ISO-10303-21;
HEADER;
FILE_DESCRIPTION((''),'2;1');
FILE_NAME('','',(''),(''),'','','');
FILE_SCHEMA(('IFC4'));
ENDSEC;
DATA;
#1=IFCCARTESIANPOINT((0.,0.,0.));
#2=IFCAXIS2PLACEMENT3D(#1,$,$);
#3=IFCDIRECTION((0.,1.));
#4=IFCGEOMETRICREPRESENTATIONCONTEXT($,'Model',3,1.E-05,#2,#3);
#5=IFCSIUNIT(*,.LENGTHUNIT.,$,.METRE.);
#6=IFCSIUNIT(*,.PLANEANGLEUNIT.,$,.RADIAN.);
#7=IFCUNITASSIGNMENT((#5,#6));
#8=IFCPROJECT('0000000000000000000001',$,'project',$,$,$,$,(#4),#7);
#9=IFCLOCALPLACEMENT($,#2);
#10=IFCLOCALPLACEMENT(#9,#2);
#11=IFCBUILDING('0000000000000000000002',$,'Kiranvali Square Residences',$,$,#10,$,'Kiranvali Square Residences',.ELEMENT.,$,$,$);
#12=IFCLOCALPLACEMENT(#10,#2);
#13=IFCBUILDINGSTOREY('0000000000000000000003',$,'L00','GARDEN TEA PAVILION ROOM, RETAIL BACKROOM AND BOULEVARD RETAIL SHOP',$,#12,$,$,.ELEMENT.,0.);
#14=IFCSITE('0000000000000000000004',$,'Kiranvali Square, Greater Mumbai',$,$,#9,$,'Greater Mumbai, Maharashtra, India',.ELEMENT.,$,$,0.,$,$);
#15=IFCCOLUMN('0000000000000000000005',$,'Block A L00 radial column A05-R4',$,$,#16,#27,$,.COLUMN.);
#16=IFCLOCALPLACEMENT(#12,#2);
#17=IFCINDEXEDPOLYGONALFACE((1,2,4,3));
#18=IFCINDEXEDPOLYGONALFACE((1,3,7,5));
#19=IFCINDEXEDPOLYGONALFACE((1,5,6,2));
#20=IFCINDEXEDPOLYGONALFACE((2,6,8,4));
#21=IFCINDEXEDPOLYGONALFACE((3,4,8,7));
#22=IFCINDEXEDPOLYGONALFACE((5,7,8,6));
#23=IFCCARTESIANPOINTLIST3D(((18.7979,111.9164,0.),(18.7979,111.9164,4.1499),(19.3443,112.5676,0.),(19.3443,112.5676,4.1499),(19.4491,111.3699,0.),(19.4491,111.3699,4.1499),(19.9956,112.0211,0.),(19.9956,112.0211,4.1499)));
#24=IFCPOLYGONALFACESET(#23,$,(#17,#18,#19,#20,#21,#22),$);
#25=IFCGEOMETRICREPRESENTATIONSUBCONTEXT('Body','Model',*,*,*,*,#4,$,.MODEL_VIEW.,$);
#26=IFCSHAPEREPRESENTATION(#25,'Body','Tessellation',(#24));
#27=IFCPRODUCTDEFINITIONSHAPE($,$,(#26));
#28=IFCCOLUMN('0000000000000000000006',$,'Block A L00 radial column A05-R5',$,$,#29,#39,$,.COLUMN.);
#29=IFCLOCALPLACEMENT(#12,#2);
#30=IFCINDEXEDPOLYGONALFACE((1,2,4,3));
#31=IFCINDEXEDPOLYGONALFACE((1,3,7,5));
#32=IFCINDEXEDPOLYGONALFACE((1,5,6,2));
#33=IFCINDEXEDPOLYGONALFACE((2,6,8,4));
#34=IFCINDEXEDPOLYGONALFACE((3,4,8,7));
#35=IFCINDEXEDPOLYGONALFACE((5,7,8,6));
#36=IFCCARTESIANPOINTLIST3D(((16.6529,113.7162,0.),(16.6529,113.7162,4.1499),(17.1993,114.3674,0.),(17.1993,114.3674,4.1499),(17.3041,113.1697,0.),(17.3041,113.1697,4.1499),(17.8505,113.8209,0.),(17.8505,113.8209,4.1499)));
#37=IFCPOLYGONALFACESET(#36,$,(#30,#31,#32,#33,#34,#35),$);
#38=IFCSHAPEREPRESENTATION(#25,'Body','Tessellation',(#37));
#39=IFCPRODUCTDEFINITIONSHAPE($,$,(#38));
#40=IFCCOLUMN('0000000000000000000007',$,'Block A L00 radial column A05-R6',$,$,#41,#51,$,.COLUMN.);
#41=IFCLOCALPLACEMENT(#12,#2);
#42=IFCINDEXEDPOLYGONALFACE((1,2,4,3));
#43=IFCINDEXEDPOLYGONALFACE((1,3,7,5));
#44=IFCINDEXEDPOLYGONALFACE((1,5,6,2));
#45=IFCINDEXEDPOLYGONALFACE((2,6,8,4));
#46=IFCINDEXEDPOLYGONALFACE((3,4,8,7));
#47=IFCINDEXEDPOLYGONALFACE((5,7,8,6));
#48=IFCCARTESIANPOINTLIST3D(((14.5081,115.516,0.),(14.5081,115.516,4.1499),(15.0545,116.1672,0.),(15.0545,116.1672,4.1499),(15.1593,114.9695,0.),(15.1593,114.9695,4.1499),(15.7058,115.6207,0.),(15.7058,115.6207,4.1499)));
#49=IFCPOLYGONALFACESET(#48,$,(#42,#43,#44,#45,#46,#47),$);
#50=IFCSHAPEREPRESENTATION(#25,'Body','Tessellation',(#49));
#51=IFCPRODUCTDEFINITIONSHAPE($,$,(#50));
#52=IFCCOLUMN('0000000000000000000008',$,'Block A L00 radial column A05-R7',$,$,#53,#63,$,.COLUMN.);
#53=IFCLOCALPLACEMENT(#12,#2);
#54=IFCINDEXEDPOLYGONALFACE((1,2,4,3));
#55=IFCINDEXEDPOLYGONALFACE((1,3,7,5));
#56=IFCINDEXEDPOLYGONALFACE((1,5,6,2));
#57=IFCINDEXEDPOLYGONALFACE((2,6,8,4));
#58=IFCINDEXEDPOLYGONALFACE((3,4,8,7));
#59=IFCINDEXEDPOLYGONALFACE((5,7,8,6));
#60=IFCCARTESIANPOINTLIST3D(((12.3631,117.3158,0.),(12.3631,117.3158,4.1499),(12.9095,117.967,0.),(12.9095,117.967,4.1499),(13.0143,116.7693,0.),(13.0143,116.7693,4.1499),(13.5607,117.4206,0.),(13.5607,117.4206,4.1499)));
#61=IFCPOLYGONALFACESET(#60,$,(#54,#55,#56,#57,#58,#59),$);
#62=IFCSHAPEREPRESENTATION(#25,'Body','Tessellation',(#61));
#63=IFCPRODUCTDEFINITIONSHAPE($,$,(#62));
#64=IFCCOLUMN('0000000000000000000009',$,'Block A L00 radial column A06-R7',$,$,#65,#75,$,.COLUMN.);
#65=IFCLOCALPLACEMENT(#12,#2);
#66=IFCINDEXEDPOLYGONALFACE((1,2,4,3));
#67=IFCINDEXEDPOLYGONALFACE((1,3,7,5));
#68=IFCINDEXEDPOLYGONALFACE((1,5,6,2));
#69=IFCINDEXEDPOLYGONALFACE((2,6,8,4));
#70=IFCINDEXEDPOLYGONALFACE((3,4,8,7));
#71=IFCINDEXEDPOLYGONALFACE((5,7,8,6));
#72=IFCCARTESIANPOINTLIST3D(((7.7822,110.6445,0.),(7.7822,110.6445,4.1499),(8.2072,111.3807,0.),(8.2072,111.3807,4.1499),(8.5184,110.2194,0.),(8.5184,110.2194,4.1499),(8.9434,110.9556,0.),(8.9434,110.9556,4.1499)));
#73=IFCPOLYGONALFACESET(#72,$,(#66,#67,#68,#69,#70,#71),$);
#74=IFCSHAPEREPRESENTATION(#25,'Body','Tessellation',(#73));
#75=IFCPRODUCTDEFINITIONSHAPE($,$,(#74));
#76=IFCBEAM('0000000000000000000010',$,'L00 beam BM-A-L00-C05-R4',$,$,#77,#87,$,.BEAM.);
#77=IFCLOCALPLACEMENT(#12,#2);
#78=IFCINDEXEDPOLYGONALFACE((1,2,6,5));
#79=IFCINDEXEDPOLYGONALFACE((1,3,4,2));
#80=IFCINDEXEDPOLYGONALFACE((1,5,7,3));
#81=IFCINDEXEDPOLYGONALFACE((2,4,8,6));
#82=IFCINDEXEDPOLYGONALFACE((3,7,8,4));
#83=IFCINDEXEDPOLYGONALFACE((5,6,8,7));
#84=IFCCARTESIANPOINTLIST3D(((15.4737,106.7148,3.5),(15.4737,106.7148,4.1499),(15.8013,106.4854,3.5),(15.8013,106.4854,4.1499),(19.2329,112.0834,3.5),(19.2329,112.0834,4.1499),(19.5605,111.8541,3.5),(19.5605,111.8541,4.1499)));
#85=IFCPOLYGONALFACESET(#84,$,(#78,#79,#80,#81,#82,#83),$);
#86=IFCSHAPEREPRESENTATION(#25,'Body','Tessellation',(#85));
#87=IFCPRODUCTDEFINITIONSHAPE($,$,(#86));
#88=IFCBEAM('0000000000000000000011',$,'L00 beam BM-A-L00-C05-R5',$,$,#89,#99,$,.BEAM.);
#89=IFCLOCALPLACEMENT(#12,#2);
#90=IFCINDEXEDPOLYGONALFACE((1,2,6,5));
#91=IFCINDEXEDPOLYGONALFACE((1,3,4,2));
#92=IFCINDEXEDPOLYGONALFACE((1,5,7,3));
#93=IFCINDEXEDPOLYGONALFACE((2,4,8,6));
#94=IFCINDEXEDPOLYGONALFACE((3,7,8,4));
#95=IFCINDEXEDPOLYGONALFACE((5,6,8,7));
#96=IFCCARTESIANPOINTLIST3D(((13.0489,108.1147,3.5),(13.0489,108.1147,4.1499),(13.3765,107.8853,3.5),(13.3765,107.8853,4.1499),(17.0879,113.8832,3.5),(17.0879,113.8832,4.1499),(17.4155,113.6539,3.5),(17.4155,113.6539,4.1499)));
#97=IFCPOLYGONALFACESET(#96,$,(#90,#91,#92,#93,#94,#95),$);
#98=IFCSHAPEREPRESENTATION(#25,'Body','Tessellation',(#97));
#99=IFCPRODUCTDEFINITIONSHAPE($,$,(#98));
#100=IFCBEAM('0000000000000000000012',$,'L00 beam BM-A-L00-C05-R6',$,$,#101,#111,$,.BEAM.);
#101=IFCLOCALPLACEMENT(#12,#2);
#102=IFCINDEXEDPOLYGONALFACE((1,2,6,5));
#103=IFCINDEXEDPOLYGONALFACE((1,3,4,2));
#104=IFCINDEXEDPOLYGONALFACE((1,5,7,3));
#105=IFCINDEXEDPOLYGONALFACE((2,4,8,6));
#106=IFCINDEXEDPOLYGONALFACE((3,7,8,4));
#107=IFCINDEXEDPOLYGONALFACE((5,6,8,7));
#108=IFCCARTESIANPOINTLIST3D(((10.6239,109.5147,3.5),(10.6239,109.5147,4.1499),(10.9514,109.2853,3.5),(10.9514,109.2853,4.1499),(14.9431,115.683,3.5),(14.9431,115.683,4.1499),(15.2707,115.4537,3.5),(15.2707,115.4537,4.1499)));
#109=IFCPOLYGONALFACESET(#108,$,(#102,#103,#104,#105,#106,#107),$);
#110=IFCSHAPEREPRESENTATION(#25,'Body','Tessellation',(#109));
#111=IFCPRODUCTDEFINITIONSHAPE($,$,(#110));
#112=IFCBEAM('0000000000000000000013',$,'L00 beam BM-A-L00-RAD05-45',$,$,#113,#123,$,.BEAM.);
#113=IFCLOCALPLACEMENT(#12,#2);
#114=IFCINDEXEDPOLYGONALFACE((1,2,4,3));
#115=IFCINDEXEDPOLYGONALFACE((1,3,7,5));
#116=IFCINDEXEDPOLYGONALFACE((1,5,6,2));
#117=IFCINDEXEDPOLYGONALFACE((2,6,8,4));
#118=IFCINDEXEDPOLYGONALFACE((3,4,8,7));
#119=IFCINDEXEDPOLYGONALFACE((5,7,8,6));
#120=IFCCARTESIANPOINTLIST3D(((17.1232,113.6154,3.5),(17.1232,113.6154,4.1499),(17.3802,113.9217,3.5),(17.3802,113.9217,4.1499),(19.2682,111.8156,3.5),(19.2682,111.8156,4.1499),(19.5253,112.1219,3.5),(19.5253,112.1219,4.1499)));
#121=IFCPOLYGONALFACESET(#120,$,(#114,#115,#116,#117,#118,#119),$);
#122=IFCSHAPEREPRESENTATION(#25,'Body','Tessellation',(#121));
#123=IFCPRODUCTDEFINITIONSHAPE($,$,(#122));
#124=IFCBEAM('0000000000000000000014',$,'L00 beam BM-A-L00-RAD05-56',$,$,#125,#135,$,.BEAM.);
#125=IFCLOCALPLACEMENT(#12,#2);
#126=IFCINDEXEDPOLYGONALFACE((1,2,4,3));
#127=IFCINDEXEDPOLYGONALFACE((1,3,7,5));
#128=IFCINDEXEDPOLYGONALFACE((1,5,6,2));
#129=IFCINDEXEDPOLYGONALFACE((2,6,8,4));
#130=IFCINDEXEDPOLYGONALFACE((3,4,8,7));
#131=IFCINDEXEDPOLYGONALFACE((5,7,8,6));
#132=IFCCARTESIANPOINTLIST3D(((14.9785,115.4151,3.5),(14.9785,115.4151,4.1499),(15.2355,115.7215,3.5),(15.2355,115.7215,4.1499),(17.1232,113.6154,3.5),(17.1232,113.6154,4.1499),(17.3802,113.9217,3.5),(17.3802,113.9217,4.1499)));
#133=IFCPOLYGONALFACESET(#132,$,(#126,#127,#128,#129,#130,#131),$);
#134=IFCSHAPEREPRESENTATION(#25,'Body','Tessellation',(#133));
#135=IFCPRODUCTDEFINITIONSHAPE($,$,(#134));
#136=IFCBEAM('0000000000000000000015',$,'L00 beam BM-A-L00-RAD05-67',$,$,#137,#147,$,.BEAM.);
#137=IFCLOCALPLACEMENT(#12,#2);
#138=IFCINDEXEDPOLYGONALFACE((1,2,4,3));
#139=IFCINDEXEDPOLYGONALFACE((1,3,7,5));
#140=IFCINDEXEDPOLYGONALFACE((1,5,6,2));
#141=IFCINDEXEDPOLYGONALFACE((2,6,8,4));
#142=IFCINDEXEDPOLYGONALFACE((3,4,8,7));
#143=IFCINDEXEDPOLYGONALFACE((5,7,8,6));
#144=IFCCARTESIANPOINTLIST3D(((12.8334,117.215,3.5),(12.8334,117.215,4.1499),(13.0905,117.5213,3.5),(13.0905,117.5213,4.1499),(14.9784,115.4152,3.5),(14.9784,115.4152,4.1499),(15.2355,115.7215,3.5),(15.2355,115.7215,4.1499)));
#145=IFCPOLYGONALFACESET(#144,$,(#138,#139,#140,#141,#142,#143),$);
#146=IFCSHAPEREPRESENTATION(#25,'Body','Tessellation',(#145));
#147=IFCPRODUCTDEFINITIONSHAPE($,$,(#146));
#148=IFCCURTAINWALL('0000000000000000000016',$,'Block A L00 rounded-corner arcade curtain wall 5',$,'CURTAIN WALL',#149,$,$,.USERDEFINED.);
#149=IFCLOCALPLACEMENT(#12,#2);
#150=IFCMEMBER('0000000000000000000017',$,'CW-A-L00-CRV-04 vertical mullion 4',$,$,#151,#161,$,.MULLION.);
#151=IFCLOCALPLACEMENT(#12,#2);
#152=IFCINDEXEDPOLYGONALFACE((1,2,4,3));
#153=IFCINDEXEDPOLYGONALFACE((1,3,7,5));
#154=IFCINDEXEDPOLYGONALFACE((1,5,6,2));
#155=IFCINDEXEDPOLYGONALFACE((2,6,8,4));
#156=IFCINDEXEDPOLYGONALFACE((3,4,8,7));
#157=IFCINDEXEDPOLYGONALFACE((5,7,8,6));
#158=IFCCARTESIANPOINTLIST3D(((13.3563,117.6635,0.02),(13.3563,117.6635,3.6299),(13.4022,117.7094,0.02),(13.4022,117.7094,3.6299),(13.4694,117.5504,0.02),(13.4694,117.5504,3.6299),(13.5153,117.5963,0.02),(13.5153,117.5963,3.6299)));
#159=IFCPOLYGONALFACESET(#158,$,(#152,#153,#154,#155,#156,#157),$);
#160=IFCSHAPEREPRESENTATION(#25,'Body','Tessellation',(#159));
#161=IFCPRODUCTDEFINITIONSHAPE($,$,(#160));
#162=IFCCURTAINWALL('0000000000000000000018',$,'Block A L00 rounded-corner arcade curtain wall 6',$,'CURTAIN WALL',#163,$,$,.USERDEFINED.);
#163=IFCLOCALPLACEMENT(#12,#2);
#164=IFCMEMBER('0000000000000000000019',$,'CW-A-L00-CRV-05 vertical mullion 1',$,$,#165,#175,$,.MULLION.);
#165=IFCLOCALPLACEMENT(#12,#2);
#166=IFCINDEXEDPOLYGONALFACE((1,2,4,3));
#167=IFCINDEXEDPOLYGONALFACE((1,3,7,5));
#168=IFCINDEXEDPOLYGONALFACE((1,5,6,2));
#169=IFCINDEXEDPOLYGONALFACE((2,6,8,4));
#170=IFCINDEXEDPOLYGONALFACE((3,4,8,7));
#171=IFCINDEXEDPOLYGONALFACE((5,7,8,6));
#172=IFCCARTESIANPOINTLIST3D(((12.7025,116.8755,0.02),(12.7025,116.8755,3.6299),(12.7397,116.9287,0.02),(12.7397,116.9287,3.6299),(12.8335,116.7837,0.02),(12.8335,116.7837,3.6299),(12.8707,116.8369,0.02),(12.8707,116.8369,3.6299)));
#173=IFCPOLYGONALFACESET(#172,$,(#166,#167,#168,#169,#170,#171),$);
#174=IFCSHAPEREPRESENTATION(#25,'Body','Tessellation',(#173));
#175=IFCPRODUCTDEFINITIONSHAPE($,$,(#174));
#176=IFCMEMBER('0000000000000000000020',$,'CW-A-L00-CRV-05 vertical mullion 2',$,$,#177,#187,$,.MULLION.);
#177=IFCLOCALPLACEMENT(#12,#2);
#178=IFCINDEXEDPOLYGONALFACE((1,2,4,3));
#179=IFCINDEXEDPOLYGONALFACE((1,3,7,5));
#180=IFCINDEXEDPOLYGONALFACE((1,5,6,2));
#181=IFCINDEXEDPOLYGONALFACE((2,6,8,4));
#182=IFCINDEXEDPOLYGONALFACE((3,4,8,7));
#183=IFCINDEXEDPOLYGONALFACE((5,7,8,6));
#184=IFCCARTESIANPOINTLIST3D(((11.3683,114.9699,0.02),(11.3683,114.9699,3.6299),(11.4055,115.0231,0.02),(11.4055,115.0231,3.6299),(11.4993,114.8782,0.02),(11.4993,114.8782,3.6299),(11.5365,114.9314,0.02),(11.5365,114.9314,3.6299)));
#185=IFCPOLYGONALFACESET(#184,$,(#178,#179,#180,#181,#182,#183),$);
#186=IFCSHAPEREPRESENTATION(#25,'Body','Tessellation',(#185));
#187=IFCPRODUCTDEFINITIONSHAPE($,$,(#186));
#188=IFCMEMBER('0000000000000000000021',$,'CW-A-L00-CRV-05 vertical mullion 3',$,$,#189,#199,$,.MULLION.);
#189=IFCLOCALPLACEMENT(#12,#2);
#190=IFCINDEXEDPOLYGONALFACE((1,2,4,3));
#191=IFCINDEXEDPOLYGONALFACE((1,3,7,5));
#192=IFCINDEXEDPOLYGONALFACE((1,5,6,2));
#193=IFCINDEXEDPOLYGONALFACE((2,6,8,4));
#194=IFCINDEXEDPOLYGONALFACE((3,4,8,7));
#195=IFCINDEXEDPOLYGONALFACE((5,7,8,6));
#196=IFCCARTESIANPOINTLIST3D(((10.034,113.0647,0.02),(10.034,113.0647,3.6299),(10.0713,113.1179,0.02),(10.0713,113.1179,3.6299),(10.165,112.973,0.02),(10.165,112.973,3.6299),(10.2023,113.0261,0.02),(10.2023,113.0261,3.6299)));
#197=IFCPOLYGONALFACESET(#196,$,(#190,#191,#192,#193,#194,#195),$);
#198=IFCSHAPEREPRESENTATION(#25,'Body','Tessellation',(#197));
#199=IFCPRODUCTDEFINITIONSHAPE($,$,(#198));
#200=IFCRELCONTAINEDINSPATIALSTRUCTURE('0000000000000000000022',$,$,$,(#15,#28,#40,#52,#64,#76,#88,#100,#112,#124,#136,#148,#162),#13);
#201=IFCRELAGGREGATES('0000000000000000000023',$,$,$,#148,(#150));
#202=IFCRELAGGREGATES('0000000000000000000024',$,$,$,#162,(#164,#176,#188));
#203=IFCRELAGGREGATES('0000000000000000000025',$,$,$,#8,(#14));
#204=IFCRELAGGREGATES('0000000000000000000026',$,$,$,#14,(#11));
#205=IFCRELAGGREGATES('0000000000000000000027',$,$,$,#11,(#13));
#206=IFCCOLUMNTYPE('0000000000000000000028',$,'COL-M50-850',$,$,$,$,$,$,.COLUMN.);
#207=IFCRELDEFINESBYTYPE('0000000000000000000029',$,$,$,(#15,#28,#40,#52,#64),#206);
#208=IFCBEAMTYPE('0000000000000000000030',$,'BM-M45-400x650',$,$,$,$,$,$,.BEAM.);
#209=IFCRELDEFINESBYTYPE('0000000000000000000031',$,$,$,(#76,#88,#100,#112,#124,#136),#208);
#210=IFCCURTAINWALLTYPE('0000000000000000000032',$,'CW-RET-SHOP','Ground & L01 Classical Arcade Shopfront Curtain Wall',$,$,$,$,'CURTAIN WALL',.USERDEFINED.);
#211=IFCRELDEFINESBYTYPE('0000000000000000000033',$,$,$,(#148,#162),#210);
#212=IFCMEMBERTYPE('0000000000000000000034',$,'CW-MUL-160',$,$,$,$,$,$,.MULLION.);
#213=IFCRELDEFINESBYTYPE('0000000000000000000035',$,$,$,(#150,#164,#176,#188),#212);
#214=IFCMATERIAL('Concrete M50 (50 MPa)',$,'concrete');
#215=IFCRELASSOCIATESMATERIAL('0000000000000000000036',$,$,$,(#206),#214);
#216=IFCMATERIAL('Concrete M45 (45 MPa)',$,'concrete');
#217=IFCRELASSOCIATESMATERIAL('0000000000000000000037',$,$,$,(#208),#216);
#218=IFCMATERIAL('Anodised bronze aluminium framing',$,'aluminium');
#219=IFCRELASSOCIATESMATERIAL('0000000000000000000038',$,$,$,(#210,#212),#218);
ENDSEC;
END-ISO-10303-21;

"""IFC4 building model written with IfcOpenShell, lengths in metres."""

from ifc_helpers import new_model, si_unit, direction, frame, origin, origin_2d, place, context, subcontext, project, spatial, rectangle, extrude, material, material_profile, profile_set, type_object, element, aggregate, save


model = new_model("IFC4")

# Units and contexts
model_context = context("Model", 3, precision=1e-05, world=origin(), true_north=direction((0.0, 1.0)))
body_context = subcontext(model_context, "Body", "Model", "MODEL_VIEW")
ifc_project = project(units=[si_unit("LENGTHUNIT", "METRE"), si_unit("PLANEANGLEUNIT", "RADIAN")], contexts=[model_context])

# Site, building, storey
site_placement = place(None, origin())
site = spatial("IfcSite", under=ifc_project, at=site_placement, Name="Kiranvali Square, Greater Mumbai", LongName="Greater Mumbai, Maharashtra, India", CompositionType="ELEMENT", RefElevation=0.0)
building_placement = place(site_placement, origin())
building = spatial("IfcBuilding", under=site, at=building_placement, Name="Kiranvali Square Residences", LongName="Kiranvali Square Residences", CompositionType="ELEMENT")
storey_placement = place(building_placement, origin())
storey = spatial("IfcBuildingStorey", under=building, at=storey_placement, Name="L00", Description="GARDEN TEA PAVILION ROOM, RETAIL BACKROOM AND BOULEVARD RETAIL SHOP", CompositionType="ELEMENT", Elevation=0.0)

# Columns
ifc_material_1 = material(Name="Concrete M50 (50 MPa)", Category="concrete")
ifc_material_profile_1 = material_profile(ifc_material_1, rectangle(XDim=0.8501, YDim=0.8501, at=origin_2d()), Name="RC 850x850")
ifc_profile_set_1 = profile_set([ifc_material_profile_1], Name="Concrete M50 (50 MPa)")
column_type = type_object("IfcColumnType", Name="COL-M50-850", PredefinedType="COLUMN", material=ifc_profile_set_1)
for number, where, z_axis, x_axis, name in (
    (1, (19.3967, 111.9688, 0.0), (0.0, 0.0, 1.0), (0.642788, 0.766044, 0.0), "Block A L00 radial column A05-R4"),
    (2, (17.2517, 113.7686, 0.0), (0.0, 0.0, 1.0), (0.642788, 0.766044, 0.0), "Block A L00 radial column A05-R5"),
    (3, (15.1069, 115.5684, 0.0), (0.0, 0.0, 1.0), (0.642788, 0.766044, 0.0), "Block A L00 radial column A05-R6"),
    (4, (12.9619, 117.3682, 0.0), (0.0, 0.0, 1.0), (0.642788, 0.766044, 0.0), "Block A L00 radial column A05-R7"),
    (5, (8.3628, 110.8, 0.0), (0.0, 0.0, 1.0), (0.5, 0.866025, 0.0), "Block A L00 radial column A06-R7"),
):
    element("IfcColumn", number, at=place(storey_placement, frame(where, z_axis=z_axis, x_axis=x_axis)), inside=storey, type_object=column_type, Name=name, PredefinedType="COLUMN", context=body_context, shape_type="SweptSolid", body=[
        extrude(rectangle(XDim=0.8501, YDim=0.8501, at=origin_2d()), origin(), (0.0, 0.0, 1.0), 4.1499),
    ])

# Beams
ifc_material_2 = material(Name="Concrete M45 (45 MPa)", Category="concrete")
ifc_material_profile_2 = material_profile(ifc_material_2, rectangle(XDim=0.3999, YDim=0.6499, at=origin_2d()), Name="RC 400x650")
ifc_profile_set_2 = profile_set([ifc_material_profile_2], Name="Concrete M45 (45 MPa)")
beam_type_1 = type_object("IfcBeamType", Name="BM-M45-400x650", PredefinedType="BEAM", material=ifc_profile_set_2)
beam_1_placement = place(storey_placement, frame((19.3967, 111.9688, 3.825), z_axis=(-0.573587, -0.819144, 0.0), x_axis=(0.819144, -0.573587, 0.0)))
element("IfcBeam", 6, at=beam_1_placement, inside=storey, type_object=beam_type_1, Name="L00 beam BM-A-L00-C05-R4", PredefinedType="BEAM", context=body_context, shape_type="SweptSolid", body=[
    extrude(rectangle(XDim=0.3999, YDim=0.6499, at=origin_2d()), origin(), (0.0, 0.0, 1.0), 6.554),
])
beam_2_placement = place(storey_placement, frame((17.2517, 113.7686, 3.825), z_axis=(-0.573565, -0.81916, 0.0), x_axis=(0.81916, -0.573565, 0.0)))
element("IfcBeam", 7, at=beam_2_placement, inside=storey, type_object=beam_type_1, Name="L00 beam BM-A-L00-C05-R5", PredefinedType="BEAM", context=body_context, shape_type="SweptSolid", body=[
    extrude(rectangle(XDim=0.3999, YDim=0.6499, at=origin_2d()), origin(), (0.0, 0.0, 1.0), 7.042),
])
beam_3_placement = place(storey_placement, frame((15.1069, 115.5684, 3.825), z_axis=(-0.573589, -0.819144, 0.0), x_axis=(0.819144, -0.573589, 0.0)))
element("IfcBeam", 8, at=beam_3_placement, inside=storey, type_object=beam_type_1, Name="L00 beam BM-A-L00-C05-R6", PredefinedType="BEAM", context=body_context, shape_type="SweptSolid", body=[
    extrude(rectangle(XDim=0.3999, YDim=0.6499, at=origin_2d()), origin(), (0.0, 0.0, 1.0), 7.5303),
])
beam_4_placement = place(storey_placement, frame((19.3967, 111.9688, 3.825), z_axis=(-0.766059, 0.642771, 0.0), x_axis=(-0.642771, -0.766059, 0.0)))
element("IfcBeam", 9, at=beam_4_placement, inside=storey, type_object=beam_type_1, Name="L00 beam BM-A-L00-RAD05-45", PredefinedType="BEAM", context=body_context, shape_type="SweptSolid", body=[
    extrude(rectangle(XDim=0.3999, YDim=0.6499, at=origin_2d()), origin(), (0.0, 0.0, 1.0), 2.8),
])
beam_5_placement = place(storey_placement, frame((17.2517, 113.7686, 3.825), z_axis=(-0.766023, 0.642814, 0.0), x_axis=(-0.642814, -0.766023, 0.0)))
element("IfcBeam", 10, at=beam_5_placement, inside=storey, type_object=beam_type_1, Name="L00 beam BM-A-L00-RAD05-56", PredefinedType="BEAM", context=body_context, shape_type="SweptSolid", body=[
    extrude(rectangle(XDim=0.3999, YDim=0.6499, at=origin_2d()), origin(), (0.0, 0.0, 1.0), 2.7998),
])
beam_6_placement = place(storey_placement, frame((15.1069, 115.5684, 3.825), z_axis=(-0.766059, 0.642771, 0.0), x_axis=(-0.642771, -0.766059, 0.0)))
element("IfcBeam", 11, at=beam_6_placement, inside=storey, type_object=beam_type_1, Name="L00 beam BM-A-L00-RAD05-67", PredefinedType="BEAM", context=body_context, shape_type="SweptSolid", body=[
    extrude(rectangle(XDim=0.3999, YDim=0.6499, at=origin_2d()), origin(), (0.0, 0.0, 1.0), 2.8),
])

# Curtain wall, member
ifc_material_3 = material(Name="Anodised bronze aluminium framing", Category="aluminium")
curtain_wall_type = type_object("IfcCurtainWallType", Name="CW-RET-SHOP", Description="Ground & L01 Classical Arcade Shopfront Curtain Wall", ElementType="CURTAIN WALL", PredefinedType="USERDEFINED", material=ifc_material_3)
curtain_wall_1_placement = place(storey_placement, origin())
curtain_wall_1 = element("IfcCurtainWall", 12, at=curtain_wall_1_placement, inside=storey, type_object=curtain_wall_type, Name="Block A L00 rounded-corner arcade curtain wall 5", ObjectType="CURTAIN WALL", PredefinedType="USERDEFINED")
ifc_material_profile_3 = material_profile(ifc_material_3, rectangle(XDim=0.0649, YDim=0.1599, at=origin_2d()), Name="ALU 65x160")
ifc_profile_set_3 = profile_set([ifc_material_profile_3], Name="Anodised bronze aluminium framing")
member_type_1 = type_object("IfcMemberType", Name="CW-MUL-160", PredefinedType="MULLION", material=ifc_profile_set_3)
member_1_placement = place(storey_placement, frame((13.4358, 117.6299, 0.02), z_axis=(0.0, 0.0, 1.0), x_axis=(-0.707107, -0.707107, 0.0)))
member_1 = element("IfcMember", 13, at=member_1_placement, type_object=member_type_1, Name="CW-A-L00-CRV-04 vertical mullion 4", PredefinedType="MULLION", context=body_context, shape_type="SweptSolid", body=[
    extrude(rectangle(XDim=0.0649, YDim=0.1599, at=origin_2d()), origin(), (0.0, 0.0, 1.0), 3.6099),
])
aggregate(curtain_wall_1, [member_1])

# Curtain wall, members
curtain_wall_2_placement = place(storey_placement, origin())
curtain_wall_2 = element("IfcCurtainWall", 14, at=curtain_wall_2_placement, inside=storey, type_object=curtain_wall_type, Name="Block A L00 rounded-corner arcade curtain wall 6", ObjectType="CURTAIN WALL", PredefinedType="USERDEFINED")
member_2_placement = place(storey_placement, frame((12.7866, 116.8562, 0.02), z_axis=(0.0, 0.0, 1.0), x_axis=(-0.573576, -0.819152, 0.0)))
member_2 = element("IfcMember", 15, at=member_2_placement, type_object=member_type_1, Name="CW-A-L00-CRV-05 vertical mullion 1", PredefinedType="MULLION", context=body_context, shape_type="SweptSolid", body=[
    extrude(rectangle(XDim=0.0649, YDim=0.1599, at=origin_2d()), origin(), (0.0, 0.0, 1.0), 3.6099),
])
member_3_placement = place(storey_placement, frame((11.4524, 114.9507, 0.02), z_axis=(0.0, 0.0, 1.0), x_axis=(-0.573576, -0.819152, 0.0)))
member_3 = element("IfcMember", 16, at=member_3_placement, type_object=member_type_1, Name="CW-A-L00-CRV-05 vertical mullion 2", PredefinedType="MULLION", context=body_context, shape_type="SweptSolid", body=[
    extrude(rectangle(XDim=0.0649, YDim=0.1599, at=origin_2d()), origin(), (0.0, 0.0, 1.0), 3.6099),
])
member_4_placement = place(storey_placement, frame((10.1182, 113.0454, 0.02), z_axis=(0.0, 0.0, 1.0), x_axis=(-0.573576, -0.819152, 0.0)))
member_4 = element("IfcMember", 17, at=member_4_placement, type_object=member_type_1, Name="CW-A-L00-CRV-05 vertical mullion 3", PredefinedType="MULLION", context=body_context, shape_type="SweptSolid", body=[
    extrude(rectangle(XDim=0.0649, YDim=0.1599, at=origin_2d()), origin(), (0.0, 0.0, 1.0), 3.6099),
])

aggregate(curtain_wall_2, [member_2, member_3, member_4])

save(model, "model.ifc")
